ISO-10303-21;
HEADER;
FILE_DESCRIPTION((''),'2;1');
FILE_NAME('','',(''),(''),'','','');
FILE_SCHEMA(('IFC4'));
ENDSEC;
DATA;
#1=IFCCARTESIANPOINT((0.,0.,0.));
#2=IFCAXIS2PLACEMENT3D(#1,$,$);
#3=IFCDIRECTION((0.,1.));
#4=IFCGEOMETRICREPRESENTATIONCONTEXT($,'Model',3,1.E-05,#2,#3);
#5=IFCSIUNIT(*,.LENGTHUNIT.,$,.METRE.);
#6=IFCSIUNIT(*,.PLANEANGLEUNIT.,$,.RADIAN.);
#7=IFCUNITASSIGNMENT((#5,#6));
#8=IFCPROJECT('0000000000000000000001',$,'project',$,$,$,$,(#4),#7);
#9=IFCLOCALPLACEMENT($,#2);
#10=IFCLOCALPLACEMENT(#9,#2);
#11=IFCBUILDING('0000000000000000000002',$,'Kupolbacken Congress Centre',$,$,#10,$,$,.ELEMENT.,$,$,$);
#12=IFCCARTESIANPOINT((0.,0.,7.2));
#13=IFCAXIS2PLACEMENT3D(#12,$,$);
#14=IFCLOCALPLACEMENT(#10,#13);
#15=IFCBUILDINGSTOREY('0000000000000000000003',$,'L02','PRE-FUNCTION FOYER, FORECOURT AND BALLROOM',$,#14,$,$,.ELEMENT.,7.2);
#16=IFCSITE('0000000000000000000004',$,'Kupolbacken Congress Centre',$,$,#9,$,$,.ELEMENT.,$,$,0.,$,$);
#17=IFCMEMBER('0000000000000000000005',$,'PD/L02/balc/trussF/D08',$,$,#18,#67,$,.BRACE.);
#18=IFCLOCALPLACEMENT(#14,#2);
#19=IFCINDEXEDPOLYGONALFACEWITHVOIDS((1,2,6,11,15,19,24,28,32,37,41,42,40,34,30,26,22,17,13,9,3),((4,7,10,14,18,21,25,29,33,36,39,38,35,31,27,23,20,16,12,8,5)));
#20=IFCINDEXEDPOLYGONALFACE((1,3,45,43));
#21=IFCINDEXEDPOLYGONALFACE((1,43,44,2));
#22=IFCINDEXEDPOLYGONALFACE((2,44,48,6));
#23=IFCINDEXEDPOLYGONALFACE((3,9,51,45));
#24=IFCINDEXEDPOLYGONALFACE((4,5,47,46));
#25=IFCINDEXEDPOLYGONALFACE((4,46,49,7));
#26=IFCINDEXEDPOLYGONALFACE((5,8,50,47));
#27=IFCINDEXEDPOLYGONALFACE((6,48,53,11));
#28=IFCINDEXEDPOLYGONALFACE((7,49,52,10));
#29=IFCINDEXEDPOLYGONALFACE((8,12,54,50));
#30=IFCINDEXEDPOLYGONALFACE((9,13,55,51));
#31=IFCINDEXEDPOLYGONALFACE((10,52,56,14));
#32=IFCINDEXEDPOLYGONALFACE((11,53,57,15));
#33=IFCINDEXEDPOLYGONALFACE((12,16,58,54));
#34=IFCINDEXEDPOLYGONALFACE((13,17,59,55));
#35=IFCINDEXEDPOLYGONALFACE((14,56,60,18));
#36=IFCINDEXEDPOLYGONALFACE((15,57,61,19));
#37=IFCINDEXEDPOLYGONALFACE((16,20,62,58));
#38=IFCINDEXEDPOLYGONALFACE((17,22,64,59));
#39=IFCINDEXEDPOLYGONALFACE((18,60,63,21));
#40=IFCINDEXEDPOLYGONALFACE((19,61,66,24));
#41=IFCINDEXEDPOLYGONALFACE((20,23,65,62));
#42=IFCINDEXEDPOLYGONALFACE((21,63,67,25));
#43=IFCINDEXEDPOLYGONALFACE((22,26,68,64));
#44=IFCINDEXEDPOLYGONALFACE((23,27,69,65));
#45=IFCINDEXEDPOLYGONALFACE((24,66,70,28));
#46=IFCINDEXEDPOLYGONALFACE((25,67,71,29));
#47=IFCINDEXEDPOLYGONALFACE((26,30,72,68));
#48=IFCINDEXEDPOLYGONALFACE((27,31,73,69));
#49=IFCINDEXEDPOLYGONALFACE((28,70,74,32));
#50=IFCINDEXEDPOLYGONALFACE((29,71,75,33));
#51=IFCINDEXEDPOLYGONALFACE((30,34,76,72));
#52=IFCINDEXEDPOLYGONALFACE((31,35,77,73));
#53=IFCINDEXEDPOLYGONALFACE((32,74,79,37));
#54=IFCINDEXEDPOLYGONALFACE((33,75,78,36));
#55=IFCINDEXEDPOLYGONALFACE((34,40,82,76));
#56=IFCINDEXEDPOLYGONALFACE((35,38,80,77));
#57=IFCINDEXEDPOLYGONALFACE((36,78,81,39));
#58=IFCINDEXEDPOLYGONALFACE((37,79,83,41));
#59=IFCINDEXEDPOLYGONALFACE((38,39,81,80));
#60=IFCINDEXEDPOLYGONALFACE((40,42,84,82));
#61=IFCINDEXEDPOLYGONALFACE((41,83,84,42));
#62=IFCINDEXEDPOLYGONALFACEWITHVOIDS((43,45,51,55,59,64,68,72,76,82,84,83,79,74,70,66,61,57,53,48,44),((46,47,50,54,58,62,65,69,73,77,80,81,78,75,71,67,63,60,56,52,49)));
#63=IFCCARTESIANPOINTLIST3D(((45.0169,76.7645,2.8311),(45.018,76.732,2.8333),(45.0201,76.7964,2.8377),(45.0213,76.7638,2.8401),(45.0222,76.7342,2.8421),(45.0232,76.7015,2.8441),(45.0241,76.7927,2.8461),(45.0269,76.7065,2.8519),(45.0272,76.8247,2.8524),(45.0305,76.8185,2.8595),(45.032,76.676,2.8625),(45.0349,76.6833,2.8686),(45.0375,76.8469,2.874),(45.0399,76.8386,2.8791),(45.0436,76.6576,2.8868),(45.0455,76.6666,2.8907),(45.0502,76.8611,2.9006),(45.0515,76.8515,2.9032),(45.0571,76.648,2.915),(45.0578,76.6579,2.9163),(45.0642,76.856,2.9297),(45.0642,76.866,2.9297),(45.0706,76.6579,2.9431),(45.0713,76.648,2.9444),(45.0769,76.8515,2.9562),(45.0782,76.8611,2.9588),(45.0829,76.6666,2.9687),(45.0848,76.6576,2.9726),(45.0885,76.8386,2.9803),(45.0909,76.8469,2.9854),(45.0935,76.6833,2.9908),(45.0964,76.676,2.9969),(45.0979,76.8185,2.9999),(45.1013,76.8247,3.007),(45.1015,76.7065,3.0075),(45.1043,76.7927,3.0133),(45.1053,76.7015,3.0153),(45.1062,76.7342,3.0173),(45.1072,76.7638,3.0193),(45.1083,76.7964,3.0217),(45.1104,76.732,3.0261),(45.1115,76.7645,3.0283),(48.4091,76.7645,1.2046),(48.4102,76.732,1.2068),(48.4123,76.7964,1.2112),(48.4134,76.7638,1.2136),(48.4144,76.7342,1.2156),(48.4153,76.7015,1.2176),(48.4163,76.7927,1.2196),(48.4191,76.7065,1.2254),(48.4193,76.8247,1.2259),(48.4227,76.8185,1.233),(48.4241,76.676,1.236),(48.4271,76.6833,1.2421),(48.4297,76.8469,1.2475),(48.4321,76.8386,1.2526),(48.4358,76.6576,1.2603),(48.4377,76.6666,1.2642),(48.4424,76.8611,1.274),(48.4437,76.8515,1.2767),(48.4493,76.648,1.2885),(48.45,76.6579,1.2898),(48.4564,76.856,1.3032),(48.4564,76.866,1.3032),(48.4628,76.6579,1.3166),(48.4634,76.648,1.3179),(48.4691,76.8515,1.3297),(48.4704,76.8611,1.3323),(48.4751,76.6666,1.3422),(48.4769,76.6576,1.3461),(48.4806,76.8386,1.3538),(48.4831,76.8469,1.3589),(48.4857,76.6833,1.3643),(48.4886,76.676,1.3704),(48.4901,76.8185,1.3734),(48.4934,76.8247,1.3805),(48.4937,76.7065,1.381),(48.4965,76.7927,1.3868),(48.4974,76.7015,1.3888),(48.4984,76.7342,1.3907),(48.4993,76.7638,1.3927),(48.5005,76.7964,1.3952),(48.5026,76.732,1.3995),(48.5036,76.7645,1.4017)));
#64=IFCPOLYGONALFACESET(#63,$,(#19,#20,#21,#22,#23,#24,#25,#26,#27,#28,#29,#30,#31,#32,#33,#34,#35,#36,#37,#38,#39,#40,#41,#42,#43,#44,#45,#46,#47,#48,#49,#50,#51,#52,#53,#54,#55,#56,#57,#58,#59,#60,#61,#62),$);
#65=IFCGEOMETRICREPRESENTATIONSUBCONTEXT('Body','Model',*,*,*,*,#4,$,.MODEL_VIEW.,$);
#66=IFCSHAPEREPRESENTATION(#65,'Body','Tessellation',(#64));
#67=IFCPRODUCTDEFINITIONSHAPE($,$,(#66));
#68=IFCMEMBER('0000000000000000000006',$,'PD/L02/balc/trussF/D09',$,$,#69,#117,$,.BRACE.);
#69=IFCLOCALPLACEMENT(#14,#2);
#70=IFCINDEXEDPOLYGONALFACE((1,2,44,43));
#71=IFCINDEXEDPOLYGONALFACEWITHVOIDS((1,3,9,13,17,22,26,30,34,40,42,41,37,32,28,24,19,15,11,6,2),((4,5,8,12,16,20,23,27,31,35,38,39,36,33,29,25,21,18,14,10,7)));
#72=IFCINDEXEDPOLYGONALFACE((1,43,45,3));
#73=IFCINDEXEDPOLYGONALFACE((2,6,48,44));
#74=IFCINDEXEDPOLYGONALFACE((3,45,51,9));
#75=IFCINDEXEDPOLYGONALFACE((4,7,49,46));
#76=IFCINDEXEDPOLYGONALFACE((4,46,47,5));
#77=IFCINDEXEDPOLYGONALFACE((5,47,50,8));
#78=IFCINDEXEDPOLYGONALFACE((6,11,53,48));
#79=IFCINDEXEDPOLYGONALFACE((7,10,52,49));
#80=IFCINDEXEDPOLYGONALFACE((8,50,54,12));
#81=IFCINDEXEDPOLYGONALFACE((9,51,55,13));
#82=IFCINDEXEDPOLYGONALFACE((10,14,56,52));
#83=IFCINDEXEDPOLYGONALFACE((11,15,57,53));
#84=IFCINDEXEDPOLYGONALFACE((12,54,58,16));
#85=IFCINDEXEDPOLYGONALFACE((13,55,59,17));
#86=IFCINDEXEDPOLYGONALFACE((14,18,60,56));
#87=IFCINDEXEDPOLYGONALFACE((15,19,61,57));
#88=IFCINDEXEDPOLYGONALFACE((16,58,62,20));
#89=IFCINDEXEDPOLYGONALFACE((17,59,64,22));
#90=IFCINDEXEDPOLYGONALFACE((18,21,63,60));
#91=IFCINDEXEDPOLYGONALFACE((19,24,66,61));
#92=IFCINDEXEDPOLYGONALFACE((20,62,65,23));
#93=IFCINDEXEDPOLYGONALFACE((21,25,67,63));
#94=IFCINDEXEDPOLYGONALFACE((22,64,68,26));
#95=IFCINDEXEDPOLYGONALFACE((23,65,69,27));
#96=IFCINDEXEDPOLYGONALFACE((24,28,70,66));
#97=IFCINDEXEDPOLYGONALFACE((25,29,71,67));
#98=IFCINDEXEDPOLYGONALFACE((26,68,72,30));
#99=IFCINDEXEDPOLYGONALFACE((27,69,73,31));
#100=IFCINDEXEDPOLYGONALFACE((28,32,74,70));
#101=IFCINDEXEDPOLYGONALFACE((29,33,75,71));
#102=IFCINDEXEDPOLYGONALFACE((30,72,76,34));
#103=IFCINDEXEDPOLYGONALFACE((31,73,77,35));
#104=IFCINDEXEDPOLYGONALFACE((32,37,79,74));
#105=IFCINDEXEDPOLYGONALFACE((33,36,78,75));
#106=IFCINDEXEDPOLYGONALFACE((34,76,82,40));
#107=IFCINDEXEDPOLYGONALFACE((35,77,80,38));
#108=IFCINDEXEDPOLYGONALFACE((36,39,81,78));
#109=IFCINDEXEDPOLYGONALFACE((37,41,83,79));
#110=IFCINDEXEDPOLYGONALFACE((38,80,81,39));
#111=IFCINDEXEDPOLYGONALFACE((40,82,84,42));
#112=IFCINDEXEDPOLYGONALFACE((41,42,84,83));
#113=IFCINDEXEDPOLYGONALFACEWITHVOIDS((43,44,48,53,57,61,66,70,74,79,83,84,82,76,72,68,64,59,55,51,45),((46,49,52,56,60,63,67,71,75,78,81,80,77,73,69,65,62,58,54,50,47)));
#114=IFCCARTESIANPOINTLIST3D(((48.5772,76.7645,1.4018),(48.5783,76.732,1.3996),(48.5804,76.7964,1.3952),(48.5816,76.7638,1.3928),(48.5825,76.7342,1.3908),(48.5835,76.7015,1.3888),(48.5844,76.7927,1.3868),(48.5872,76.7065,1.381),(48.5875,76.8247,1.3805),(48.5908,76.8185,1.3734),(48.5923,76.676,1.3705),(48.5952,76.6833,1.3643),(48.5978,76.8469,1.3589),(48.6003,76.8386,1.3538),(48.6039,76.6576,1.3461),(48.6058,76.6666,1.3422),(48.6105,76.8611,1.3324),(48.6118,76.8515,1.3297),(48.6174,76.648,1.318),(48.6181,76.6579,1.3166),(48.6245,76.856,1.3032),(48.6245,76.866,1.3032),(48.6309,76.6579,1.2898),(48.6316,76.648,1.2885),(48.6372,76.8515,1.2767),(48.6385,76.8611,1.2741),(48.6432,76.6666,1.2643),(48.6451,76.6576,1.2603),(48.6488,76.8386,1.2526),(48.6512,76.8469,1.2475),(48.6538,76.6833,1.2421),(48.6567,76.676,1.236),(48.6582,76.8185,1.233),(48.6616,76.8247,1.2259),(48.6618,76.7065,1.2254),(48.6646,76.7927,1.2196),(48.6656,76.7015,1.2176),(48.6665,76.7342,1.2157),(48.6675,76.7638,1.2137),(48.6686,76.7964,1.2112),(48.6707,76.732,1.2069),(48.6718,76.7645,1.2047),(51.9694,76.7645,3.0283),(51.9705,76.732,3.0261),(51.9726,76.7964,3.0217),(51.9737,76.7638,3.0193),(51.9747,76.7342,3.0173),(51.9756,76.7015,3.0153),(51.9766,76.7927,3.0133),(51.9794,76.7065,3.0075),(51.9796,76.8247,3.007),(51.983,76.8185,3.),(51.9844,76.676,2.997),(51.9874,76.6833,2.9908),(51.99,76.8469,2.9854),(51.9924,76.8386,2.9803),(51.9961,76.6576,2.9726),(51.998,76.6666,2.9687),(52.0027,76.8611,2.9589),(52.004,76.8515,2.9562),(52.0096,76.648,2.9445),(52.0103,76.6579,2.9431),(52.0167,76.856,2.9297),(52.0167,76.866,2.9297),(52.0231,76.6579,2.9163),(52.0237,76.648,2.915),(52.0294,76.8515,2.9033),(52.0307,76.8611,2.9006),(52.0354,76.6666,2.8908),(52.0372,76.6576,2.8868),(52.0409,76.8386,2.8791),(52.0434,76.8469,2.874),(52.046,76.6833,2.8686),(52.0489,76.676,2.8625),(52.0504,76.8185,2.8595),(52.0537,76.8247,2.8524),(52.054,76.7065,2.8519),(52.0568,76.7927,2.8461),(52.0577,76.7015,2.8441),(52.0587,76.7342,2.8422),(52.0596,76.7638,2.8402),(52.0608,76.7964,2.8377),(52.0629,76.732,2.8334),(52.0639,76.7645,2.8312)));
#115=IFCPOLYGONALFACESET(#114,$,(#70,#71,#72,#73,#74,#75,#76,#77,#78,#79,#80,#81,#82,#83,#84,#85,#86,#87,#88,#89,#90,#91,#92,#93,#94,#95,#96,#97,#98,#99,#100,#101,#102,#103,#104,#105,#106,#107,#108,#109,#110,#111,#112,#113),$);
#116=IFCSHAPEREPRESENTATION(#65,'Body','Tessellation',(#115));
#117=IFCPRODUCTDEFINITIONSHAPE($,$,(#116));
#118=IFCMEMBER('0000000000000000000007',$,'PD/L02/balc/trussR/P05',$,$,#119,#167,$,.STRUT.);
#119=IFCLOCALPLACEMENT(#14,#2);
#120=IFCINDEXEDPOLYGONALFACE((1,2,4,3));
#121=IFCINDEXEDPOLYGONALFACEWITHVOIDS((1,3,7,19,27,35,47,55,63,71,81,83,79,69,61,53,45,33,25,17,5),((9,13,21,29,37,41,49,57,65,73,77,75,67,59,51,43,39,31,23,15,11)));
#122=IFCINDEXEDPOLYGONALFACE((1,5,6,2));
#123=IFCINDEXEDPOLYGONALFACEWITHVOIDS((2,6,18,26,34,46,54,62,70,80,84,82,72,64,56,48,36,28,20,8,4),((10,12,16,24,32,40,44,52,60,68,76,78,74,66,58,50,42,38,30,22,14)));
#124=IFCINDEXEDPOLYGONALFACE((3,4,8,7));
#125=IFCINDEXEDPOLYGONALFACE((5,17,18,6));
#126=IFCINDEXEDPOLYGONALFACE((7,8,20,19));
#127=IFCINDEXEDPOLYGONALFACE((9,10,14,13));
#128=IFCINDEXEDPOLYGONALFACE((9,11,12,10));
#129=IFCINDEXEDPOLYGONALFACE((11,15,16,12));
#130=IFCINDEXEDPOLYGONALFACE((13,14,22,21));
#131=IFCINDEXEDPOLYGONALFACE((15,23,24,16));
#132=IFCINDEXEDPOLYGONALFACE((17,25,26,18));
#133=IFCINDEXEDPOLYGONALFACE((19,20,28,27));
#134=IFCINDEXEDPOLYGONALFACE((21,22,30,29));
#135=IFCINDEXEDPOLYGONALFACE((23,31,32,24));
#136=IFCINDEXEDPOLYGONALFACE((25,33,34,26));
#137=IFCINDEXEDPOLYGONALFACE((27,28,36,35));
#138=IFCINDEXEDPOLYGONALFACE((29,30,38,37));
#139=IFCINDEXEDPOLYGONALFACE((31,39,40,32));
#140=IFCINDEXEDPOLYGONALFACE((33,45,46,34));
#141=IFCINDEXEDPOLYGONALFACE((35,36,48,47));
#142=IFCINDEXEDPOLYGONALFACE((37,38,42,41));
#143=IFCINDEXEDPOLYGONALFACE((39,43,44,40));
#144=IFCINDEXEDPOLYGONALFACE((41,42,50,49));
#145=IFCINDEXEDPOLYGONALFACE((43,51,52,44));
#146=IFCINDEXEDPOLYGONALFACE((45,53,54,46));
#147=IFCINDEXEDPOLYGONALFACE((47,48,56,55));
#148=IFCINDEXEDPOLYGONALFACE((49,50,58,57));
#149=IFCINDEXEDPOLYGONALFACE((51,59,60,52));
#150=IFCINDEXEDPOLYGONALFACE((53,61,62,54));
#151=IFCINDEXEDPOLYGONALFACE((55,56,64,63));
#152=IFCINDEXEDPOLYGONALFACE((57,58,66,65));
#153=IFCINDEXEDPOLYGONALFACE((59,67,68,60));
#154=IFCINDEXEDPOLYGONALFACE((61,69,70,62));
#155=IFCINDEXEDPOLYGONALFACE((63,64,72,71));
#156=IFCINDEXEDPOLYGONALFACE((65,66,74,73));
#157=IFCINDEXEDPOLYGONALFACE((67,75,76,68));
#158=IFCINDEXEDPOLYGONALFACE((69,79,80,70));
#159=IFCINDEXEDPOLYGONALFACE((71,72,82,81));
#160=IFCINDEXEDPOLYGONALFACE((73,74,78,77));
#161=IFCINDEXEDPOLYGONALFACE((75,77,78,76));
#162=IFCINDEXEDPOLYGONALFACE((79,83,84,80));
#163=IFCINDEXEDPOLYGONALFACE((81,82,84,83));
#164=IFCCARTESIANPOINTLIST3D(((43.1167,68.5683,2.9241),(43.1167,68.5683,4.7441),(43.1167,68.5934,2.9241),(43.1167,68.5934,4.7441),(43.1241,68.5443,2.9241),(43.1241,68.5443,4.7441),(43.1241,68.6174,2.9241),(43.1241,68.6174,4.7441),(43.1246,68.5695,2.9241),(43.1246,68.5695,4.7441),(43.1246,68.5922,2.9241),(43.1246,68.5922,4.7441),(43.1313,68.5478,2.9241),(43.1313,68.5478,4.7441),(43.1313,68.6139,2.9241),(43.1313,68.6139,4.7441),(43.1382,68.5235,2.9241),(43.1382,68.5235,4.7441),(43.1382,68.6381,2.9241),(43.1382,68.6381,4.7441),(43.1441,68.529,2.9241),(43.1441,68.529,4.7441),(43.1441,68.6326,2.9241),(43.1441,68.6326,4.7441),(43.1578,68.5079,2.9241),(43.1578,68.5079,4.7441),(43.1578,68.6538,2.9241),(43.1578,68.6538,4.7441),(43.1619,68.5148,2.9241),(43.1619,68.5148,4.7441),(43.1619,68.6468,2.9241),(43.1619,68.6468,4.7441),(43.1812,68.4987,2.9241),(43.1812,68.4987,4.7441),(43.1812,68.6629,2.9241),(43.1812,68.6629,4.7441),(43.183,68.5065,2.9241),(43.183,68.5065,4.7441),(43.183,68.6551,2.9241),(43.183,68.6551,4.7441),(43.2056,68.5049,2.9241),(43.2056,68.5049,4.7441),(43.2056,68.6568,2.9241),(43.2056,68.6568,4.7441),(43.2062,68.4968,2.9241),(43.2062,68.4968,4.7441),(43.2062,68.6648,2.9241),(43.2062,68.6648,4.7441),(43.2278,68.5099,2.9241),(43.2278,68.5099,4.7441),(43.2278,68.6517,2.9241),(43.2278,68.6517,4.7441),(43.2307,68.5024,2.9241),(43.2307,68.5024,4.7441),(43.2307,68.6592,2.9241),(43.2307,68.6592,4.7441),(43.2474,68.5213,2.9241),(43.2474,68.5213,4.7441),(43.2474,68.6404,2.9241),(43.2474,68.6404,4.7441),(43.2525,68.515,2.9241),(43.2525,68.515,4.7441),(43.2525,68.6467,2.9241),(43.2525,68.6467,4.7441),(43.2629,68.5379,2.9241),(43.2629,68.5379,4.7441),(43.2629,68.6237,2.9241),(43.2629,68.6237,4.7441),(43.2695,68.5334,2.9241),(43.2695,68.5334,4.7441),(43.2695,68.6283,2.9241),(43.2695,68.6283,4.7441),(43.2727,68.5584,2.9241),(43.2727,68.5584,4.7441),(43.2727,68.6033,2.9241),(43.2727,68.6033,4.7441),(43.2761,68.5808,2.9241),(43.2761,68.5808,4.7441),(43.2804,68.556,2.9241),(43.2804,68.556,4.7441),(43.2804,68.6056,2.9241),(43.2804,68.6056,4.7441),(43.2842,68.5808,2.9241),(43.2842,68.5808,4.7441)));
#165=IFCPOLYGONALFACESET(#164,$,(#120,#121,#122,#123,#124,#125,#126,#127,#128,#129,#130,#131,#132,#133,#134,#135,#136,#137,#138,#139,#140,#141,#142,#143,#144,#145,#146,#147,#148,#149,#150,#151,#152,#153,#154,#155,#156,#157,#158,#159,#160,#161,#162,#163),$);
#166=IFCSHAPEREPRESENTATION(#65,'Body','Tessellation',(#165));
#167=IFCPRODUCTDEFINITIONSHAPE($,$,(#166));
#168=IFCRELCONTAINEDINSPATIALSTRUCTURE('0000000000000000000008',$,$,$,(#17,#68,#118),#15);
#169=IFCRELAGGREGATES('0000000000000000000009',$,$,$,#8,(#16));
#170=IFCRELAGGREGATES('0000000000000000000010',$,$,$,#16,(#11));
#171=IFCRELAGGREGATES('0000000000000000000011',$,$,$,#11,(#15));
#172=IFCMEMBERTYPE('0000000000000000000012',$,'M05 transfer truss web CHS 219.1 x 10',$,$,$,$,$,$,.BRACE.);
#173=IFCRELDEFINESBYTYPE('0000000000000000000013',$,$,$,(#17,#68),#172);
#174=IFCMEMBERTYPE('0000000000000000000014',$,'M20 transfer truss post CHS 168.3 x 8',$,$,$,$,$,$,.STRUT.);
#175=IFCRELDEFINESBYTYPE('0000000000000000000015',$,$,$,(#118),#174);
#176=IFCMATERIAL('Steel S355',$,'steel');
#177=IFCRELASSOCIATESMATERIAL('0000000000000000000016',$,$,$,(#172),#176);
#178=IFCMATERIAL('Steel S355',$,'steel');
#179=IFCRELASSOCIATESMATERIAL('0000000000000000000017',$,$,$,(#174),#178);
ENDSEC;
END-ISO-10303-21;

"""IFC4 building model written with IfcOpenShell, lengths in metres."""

from ifc_helpers import new_model, si_unit, direction, frame, origin, origin_2d, place, context, subcontext, project, spatial, hollow_circle, extrude, material, material_profile, profile_set, type_object, element, save


model = new_model("IFC4")

# Units and contexts
model_context = context("Model", 3, precision=1e-05, world=origin(), true_north=direction((0.0, 1.0)))
body_context = subcontext(model_context, "Body", "Model", "MODEL_VIEW")
ifc_project = project(units=[si_unit("LENGTHUNIT", "METRE"), si_unit("PLANEANGLEUNIT", "RADIAN")], contexts=[model_context])

# Site, building, storey
site_placement = place(None, origin())
site = spatial("IfcSite", under=ifc_project, at=site_placement, Name="Kupolbacken Congress Centre", CompositionType="ELEMENT", RefElevation=0.0)
building_placement = place(site_placement, origin())
building = spatial("IfcBuilding", under=site, at=building_placement, Name="Kupolbacken Congress Centre", CompositionType="ELEMENT")
storey_placement = place(building_placement, frame((0.0, 0.0, 7.2)))
storey = spatial("IfcBuildingStorey", under=building, at=storey_placement, Name="L02", Description="PRE-FUNCTION FOYER, FORECOURT AND BALLROOM", CompositionType="ELEMENT", Elevation=7.2)

# Members
ifc_material_1 = material(Name="Steel S355", Category="steel")
ifc_material_profile_1 = material_profile(ifc_material_1, hollow_circle(Radius=0.1096, WallThickness=0.01, at=origin_2d()), Name="CHS 219.1 x 10")
ifc_profile_set_1 = profile_set([ifc_material_profile_1], Name="Steel S355")
member_type_1 = type_object("IfcMemberType", Name="M05 transfer truss web CHS 219.1 x 10", PredefinedType="BRACE", material=ifc_profile_set_1)
for number, where, z_axis, x_axis, name in (
    (1, (45.0642, 76.7563, 2.9297), (0.901703, 0.0, -0.432355), (0.0, 1.0, 0.0), "PD/L02/balc/trussF/D08"),
    (2, (48.6245, 76.7563, 1.3032), (0.901703, 0.0, 0.432355), (0.0, 1.0, 0.0), "PD/L02/balc/trussF/D09"),
):
    element("IfcMember", number, at=place(storey_placement, frame(where, z_axis=z_axis, x_axis=x_axis)), inside=storey, type_object=member_type_1, Name=name, PredefinedType="BRACE", context=body_context, shape_type="SweptSolid", body=[
        extrude(hollow_circle(Radius=0.1096, WallThickness=0.01, at=origin_2d()), origin(), (0.0, 0.0, 1.0), 3.762),
    ])
ifc_material_2 = material(Name="Steel S355", Category="steel")
ifc_material_profile_2 = material_profile(ifc_material_2, hollow_circle(Radius=0.0842, WallThickness=0.0081, at=origin_2d()), Name="CHS 168.3 x 8")
ifc_profile_set_2 = profile_set([ifc_material_profile_2], Name="Steel S355")
member_type_2 = type_object("IfcMemberType", Name="M20 transfer truss post CHS 168.3 x 8", PredefinedType="STRUT", material=ifc_profile_set_2)
for number, where, z_axis, x_axis, name in (
    (3, (43.2, 68.5808, 2.9241), (0.0, 0.0, 1.0), (1.0, 0.0, 0.0), "PD/L02/balc/trussR/P05"),
):
    element("IfcMember", number, at=place(storey_placement, frame(where, z_axis=z_axis, x_axis=x_axis)), inside=storey, type_object=member_type_2, Name=name, PredefinedType="STRUT", context=body_context, shape_type="SweptSolid", body=[
        extrude(hollow_circle(Radius=0.0842, WallThickness=0.0081, at=origin_2d()), origin(), (0.0, 0.0, 1.0), 1.8201),
    ])

save(model, "model.ifc")
